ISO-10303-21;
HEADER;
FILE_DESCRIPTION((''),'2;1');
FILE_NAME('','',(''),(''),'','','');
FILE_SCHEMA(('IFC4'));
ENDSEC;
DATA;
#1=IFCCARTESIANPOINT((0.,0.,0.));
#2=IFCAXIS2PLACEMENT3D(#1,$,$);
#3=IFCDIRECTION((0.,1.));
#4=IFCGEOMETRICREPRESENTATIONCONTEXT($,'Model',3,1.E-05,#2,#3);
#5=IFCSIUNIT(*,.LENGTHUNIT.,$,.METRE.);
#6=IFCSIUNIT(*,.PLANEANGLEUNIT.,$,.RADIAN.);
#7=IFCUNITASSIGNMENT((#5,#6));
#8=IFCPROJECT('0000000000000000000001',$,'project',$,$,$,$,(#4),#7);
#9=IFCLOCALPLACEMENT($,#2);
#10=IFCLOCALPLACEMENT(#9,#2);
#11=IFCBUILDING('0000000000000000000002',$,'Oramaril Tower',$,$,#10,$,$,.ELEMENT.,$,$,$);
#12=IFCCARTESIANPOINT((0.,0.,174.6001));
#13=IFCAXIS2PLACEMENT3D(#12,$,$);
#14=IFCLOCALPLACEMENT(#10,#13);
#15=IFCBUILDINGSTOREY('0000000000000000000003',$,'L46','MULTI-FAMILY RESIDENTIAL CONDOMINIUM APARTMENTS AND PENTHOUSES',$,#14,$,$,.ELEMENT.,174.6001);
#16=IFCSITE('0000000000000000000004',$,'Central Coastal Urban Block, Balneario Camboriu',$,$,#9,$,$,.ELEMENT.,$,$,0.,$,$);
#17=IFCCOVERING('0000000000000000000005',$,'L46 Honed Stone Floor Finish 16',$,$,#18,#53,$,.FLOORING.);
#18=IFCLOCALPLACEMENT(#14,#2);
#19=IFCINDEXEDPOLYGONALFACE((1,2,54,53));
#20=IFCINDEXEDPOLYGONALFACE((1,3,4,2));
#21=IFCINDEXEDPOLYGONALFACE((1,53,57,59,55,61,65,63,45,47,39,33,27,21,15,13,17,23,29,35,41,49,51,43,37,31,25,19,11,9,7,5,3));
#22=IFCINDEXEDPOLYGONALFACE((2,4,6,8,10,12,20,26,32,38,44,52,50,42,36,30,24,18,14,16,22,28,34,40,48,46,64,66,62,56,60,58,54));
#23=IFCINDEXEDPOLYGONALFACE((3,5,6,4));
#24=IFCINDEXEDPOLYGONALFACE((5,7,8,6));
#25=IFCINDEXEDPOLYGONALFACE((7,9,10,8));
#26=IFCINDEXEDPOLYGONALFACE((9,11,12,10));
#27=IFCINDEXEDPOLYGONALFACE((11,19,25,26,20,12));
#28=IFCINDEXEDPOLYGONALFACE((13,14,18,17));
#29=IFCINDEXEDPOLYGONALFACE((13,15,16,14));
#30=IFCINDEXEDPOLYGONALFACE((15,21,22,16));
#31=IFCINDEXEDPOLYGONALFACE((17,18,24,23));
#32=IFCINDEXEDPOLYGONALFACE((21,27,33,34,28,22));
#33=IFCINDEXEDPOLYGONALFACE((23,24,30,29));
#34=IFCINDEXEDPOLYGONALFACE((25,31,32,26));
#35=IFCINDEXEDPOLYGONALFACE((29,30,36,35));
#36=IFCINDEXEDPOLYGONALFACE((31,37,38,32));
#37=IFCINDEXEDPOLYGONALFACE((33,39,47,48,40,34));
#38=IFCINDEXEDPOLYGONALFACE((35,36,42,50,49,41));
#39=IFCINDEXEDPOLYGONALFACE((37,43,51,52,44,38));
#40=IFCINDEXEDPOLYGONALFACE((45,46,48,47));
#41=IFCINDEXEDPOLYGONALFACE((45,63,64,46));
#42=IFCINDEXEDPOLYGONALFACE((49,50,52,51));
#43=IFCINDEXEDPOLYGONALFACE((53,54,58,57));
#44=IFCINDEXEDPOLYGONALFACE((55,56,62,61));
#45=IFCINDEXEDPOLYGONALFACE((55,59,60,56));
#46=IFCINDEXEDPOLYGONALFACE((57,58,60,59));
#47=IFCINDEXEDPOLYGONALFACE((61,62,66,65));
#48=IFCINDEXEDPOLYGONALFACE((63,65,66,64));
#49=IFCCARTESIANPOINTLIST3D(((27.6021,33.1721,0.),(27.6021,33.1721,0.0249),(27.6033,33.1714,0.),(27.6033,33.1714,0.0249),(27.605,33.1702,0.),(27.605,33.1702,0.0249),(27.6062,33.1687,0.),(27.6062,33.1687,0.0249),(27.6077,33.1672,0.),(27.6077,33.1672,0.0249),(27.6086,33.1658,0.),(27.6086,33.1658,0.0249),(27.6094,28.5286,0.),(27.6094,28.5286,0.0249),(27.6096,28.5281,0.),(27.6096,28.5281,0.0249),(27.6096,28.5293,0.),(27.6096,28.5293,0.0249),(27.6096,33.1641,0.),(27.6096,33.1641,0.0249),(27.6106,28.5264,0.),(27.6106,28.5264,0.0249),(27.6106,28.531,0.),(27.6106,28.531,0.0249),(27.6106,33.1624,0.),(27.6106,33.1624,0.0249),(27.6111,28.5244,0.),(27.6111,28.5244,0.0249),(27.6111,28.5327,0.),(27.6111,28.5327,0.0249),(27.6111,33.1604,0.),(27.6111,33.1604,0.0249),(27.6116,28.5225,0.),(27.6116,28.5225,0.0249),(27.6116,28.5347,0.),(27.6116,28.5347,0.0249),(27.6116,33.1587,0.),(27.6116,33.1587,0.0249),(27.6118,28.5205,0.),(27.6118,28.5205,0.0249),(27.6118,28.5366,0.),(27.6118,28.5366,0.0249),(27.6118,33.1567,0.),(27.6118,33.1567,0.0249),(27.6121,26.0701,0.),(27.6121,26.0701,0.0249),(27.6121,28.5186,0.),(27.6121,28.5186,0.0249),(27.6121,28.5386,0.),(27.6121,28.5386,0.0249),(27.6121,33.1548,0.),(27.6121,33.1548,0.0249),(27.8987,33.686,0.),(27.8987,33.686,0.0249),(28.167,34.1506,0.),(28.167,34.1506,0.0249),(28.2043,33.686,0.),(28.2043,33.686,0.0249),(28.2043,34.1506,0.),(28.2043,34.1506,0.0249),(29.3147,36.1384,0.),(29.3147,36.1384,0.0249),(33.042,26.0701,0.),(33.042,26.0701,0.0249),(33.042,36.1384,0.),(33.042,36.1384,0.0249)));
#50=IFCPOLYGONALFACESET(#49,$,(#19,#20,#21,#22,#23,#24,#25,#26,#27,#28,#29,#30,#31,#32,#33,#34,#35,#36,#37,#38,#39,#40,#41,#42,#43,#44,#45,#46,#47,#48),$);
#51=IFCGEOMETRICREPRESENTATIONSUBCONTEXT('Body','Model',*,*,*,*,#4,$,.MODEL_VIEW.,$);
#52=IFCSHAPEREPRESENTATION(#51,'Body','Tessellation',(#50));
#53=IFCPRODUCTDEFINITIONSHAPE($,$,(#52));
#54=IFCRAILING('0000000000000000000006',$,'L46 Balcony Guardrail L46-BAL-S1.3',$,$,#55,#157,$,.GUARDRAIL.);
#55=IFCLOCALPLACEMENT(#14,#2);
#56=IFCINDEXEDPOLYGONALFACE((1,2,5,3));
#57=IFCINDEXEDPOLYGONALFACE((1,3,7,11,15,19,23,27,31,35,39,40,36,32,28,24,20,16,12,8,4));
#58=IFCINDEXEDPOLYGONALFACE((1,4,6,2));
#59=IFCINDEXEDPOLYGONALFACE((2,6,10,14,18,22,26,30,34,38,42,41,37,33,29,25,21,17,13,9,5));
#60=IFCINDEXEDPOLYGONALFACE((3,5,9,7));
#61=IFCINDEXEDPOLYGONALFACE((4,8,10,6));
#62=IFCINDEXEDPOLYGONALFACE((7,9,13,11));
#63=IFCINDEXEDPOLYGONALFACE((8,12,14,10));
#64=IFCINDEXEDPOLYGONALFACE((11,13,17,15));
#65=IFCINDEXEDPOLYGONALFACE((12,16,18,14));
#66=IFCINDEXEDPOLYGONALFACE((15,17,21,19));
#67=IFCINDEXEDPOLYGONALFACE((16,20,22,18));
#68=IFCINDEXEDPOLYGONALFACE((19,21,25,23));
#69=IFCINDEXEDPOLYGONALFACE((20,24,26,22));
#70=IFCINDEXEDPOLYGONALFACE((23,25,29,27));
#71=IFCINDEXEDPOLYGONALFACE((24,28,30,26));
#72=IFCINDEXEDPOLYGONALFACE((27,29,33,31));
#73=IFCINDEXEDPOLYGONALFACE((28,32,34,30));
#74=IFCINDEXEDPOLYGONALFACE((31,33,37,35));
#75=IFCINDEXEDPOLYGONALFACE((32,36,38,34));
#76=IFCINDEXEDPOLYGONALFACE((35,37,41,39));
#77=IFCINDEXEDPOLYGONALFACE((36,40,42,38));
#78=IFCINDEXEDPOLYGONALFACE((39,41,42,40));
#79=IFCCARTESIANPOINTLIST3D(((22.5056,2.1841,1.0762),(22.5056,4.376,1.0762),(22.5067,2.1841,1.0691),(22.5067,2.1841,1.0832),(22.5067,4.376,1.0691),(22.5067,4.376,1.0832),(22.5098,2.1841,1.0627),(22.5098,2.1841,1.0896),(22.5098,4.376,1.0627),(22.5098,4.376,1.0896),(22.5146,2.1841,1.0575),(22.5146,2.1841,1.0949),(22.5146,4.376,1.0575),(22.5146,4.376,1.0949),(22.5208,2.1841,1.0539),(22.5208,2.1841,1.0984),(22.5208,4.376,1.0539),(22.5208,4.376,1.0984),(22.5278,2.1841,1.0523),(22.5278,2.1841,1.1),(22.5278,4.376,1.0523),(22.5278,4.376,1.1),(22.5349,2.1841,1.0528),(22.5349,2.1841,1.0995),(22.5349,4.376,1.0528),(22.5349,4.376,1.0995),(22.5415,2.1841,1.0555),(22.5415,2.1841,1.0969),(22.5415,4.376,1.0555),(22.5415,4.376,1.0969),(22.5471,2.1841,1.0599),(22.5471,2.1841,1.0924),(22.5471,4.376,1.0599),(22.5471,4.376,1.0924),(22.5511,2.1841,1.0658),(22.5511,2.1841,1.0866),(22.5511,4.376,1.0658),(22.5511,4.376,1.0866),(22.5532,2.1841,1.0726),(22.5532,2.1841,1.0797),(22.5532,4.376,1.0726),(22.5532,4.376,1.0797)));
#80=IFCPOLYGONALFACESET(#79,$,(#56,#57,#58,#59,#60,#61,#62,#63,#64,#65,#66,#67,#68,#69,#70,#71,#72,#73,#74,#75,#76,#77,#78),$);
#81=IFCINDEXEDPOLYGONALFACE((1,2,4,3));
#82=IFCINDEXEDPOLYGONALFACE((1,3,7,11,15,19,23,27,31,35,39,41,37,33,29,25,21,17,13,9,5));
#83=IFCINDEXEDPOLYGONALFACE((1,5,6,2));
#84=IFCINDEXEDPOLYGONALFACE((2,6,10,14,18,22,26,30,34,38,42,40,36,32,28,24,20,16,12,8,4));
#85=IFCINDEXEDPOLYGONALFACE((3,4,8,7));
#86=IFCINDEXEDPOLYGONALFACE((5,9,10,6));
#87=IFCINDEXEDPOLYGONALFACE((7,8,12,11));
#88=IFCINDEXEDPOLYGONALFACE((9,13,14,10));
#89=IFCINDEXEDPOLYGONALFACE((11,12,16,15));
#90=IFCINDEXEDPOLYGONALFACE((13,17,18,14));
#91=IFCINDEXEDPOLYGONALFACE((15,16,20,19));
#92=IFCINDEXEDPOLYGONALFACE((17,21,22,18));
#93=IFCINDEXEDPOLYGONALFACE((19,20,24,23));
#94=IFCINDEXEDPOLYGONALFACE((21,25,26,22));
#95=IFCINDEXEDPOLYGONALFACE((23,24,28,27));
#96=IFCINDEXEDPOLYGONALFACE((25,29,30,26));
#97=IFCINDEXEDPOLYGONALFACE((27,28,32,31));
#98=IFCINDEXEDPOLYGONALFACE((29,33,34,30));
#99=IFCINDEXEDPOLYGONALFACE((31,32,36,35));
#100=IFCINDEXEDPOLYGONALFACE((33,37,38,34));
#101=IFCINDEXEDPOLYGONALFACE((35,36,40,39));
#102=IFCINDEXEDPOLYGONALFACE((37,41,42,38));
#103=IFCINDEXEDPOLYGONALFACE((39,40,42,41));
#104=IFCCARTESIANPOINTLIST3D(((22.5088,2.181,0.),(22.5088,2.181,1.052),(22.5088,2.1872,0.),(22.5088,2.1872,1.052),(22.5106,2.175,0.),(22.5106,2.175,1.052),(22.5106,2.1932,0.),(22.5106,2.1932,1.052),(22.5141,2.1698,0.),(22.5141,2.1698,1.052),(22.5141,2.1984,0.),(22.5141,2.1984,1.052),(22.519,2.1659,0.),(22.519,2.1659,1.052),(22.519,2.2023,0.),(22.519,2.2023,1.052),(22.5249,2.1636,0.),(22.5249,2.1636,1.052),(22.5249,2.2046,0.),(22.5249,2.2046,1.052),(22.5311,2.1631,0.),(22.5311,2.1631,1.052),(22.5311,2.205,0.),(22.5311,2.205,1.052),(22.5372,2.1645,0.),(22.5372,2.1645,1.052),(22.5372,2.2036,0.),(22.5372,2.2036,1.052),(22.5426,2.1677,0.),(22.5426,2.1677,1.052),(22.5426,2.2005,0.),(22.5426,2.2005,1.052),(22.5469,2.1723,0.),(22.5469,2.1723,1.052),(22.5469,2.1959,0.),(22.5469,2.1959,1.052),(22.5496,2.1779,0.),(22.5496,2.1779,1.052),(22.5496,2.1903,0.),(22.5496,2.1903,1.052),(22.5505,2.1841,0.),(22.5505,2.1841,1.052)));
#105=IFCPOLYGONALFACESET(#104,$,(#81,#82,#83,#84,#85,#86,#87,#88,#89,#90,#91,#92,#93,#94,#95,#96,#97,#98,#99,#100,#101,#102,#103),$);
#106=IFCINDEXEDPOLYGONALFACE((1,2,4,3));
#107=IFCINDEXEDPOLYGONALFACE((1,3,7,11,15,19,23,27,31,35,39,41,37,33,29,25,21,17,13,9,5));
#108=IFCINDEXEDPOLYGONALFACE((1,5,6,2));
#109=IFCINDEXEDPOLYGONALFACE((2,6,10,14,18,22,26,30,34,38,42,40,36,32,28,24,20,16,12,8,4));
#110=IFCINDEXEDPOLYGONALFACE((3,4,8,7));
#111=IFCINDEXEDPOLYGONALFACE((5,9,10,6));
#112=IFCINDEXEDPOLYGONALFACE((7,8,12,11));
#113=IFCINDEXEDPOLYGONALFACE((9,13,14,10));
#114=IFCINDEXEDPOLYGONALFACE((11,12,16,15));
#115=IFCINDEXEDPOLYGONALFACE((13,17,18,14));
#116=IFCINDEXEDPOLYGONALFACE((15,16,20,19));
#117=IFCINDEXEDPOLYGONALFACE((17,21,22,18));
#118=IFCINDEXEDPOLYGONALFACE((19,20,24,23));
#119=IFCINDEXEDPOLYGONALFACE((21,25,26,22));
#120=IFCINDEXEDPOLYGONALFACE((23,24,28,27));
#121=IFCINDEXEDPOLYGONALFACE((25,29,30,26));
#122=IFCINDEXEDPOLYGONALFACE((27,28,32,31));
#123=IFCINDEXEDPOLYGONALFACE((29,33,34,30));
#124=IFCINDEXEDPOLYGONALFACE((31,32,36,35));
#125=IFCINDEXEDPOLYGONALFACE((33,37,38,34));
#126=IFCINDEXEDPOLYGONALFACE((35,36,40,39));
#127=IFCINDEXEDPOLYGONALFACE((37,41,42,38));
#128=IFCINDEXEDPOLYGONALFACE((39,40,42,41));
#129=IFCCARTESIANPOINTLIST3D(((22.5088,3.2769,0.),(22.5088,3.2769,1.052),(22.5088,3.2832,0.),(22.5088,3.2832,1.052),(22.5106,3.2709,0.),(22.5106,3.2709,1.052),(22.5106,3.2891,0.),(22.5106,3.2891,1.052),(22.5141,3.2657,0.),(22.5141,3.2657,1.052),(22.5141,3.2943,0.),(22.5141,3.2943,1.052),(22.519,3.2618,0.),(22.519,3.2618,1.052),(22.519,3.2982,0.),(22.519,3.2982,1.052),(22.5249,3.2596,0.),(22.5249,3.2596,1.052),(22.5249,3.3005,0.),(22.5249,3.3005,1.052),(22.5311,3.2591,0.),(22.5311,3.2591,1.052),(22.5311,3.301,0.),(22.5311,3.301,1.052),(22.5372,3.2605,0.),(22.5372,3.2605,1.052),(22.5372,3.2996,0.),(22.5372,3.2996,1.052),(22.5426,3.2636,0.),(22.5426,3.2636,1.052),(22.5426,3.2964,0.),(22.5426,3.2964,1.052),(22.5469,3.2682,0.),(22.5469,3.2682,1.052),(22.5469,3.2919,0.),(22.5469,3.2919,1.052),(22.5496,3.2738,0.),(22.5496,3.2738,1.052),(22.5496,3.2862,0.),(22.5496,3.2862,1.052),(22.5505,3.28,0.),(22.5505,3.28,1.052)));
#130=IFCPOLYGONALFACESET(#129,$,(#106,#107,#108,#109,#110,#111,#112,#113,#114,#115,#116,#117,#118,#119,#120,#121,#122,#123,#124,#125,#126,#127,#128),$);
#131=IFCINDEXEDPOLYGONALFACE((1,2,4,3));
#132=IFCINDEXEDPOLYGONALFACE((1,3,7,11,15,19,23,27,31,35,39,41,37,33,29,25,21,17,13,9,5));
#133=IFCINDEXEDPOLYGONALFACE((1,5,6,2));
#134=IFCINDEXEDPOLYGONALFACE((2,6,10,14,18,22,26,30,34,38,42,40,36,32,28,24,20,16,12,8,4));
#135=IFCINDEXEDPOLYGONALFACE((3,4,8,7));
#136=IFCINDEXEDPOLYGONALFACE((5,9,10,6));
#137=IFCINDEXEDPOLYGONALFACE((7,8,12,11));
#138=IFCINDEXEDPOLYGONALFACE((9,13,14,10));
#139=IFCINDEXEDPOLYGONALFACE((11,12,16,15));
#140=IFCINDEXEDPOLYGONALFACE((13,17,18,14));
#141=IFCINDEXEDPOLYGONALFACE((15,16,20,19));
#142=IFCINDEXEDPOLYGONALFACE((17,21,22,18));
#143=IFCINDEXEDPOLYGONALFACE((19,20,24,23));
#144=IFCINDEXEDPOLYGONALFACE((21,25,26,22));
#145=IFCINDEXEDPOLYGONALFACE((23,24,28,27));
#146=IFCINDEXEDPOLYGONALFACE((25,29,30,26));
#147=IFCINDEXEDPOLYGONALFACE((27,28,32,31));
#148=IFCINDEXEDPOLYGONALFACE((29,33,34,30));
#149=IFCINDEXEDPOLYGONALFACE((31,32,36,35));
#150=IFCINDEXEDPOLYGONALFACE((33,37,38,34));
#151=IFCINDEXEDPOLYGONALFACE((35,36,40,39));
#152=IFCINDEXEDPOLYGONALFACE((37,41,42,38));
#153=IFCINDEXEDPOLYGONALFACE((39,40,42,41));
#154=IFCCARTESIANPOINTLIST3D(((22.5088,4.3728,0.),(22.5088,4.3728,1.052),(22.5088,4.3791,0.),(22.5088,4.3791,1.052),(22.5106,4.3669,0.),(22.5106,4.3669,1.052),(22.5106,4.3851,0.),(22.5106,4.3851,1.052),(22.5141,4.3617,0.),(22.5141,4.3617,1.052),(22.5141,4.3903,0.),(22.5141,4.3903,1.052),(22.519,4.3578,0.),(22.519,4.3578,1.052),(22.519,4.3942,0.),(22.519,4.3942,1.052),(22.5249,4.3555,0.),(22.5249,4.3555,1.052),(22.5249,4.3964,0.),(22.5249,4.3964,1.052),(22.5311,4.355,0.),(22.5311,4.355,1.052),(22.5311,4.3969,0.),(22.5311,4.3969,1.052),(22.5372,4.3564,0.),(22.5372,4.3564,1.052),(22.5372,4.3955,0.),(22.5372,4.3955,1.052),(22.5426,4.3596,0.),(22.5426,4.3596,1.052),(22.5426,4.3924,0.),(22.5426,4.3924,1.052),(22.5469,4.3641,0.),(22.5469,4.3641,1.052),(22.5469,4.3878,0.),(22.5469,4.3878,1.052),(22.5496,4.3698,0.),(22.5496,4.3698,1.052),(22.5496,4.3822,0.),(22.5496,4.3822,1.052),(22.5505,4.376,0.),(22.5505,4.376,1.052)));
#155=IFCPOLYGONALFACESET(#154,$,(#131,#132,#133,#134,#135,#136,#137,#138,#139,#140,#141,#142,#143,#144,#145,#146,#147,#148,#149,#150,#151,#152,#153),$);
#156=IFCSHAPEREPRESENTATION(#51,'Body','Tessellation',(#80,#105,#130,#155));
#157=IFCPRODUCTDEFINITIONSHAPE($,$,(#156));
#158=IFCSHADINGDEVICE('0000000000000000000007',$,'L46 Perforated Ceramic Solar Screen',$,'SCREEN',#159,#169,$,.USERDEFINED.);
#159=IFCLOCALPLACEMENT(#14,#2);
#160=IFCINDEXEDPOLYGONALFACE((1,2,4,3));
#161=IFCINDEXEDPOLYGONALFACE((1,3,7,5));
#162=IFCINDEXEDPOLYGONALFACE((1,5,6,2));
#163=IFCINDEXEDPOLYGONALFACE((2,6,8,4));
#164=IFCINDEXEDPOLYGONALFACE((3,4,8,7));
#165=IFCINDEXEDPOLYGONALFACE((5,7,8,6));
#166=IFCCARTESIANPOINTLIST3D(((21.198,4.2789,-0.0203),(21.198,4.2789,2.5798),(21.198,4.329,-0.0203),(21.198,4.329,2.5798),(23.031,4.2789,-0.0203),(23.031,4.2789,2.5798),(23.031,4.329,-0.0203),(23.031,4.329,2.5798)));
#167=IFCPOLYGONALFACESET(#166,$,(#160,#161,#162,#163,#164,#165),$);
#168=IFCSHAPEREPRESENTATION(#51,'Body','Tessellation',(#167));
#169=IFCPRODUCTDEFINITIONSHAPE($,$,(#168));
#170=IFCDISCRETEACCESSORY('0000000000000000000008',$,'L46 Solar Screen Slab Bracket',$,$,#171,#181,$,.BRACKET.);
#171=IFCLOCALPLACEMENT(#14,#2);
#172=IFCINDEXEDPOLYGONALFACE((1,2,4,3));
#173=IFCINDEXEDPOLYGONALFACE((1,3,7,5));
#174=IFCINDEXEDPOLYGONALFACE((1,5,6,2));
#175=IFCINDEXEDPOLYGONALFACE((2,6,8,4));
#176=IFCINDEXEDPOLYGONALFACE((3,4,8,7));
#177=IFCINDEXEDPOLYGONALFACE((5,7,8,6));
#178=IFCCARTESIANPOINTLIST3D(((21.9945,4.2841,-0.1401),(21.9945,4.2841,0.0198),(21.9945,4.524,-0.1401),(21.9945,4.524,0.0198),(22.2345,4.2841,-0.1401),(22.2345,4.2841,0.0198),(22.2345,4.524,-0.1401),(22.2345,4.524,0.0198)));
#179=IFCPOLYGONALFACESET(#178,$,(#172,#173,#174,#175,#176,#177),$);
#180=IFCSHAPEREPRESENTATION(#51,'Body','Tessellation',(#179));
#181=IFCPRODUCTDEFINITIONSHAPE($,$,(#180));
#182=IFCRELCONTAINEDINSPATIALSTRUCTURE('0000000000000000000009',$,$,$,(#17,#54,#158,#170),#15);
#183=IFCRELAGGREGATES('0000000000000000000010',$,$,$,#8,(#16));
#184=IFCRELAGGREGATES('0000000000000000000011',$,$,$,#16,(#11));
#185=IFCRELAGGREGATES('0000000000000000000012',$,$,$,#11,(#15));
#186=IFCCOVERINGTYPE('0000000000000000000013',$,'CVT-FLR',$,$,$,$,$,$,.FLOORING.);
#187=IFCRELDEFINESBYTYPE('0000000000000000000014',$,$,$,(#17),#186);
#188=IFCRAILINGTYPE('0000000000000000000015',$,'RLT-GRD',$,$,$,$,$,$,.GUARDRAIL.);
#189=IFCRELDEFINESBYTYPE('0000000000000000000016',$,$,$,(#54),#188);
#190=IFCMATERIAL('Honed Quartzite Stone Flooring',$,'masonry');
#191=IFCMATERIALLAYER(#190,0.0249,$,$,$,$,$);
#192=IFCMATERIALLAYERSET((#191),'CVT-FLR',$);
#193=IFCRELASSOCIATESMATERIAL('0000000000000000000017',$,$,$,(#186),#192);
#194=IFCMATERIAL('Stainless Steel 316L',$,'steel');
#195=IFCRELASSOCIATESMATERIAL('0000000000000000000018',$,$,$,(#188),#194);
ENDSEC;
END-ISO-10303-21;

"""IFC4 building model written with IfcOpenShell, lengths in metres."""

from ifc_helpers import new_model, si_unit, direction, frame, origin, origin_2d, place, context, subcontext, project, spatial, polyline, rectangle, circle, outline, extrude, material, layer, layer_set, type_object, element, save


model = new_model("IFC4")

# Units and contexts
model_context = context("Model", 3, precision=1e-05, world=origin(), true_north=direction((0.0, 1.0)))
body_context = subcontext(model_context, "Body", "Model", "MODEL_VIEW")
ifc_project = project(units=[si_unit("LENGTHUNIT", "METRE"), si_unit("PLANEANGLEUNIT", "RADIAN")], contexts=[model_context])

# Site, building, storey
site_placement = place(None, origin())
site = spatial("IfcSite", under=ifc_project, at=site_placement, Name="Central Coastal Urban Block, Balneario Camboriu", CompositionType="ELEMENT", RefElevation=0.0)
building_placement = place(site_placement, origin())
building = spatial("IfcBuilding", under=site, at=building_placement, Name="Oramaril Tower", CompositionType="ELEMENT")
storey_placement = place(building_placement, frame((0.0, 0.0, 174.6001)))
storey = spatial("IfcBuildingStorey", under=building, at=storey_placement, Name="L46", Description="MULTI-FAMILY RESIDENTIAL CONDOMINIUM APARTMENTS AND PENTHOUSES", CompositionType="ELEMENT", Elevation=174.6001)

# Covering
ifc_material_1 = material(Name="Honed Quartzite Stone Flooring", Category="masonry")
ifc_layer_1 = layer(ifc_material_1, 0.0249)
ifc_layer_set_1 = layer_set([ifc_layer_1], Name="CVT-FLR")
covering_type_1 = type_object("IfcCoveringType", Name="CVT-FLR", PredefinedType="FLOORING", material=ifc_layer_set_1)
covering_1_placement = place(storey_placement, origin())
element("IfcCovering", 1, at=covering_1_placement, inside=storey, type_object=covering_type_1, Name="L46 Honed Stone Floor Finish 16", PredefinedType="FLOORING", context=body_context, shape_type="SweptSolid", body=[
    extrude(outline(polyline([(28.2043, 33.686), (28.2043, 34.1506), (28.167, 34.1506), (29.3147, 36.1384), (33.042, 36.1384), (33.042, 26.0701), (27.6121, 26.0701), (27.6121, 28.5186), (27.6118, 28.5205), (27.6116, 28.5225), (27.6111, 28.5244), (27.6106, 28.5264), (27.6096, 28.5281), (27.6094, 28.5286), (27.6096, 28.5293), (27.6106, 28.531), (27.6111, 28.5327), (27.6116, 28.5347), (27.6118, 28.5366), (27.6121, 28.5386), (27.6121, 33.1548), (27.6118, 33.1567), (27.6116, 33.1587), (27.6111, 33.1604), (27.6106, 33.1624), (27.6096, 33.1641), (27.6086, 33.1658), (27.6077, 33.1672), (27.6062, 33.1687), (27.605, 33.1702), (27.6033, 33.1714), (27.6021, 33.1721), (27.8987, 33.686), (28.2043, 33.686)])), origin(), (0.0, 0.0, 1.0), 0.0249),
])

# Railing
ifc_material_2 = material(Name="Stainless Steel 316L", Category="steel")
railing_type = type_object("IfcRailingType", Name="RLT-GRD", PredefinedType="GUARDRAIL", material=ifc_material_2)
railing_placement = place(storey_placement, frame((22.5295, 2.1841, 0.0)))
element("IfcRailing", 2, at=railing_placement, inside=storey, type_object=railing_type, Name="L46 Balcony Guardrail L46-BAL-S1.3", PredefinedType="GUARDRAIL", context=body_context, shape_type="SweptSolid", body=[
    extrude(circle(Radius=0.0239, at=origin_2d()), frame((0.0, 0.0, 1.0762), z_axis=(0.0, 1.0, 0.0), x_axis=(-1.0, 0.0, 0.0)), (0.0, 0.0, 1.0), 2.1919),
    extrude(circle(Radius=0.021, at=origin_2d()), origin(), (0.0, 0.0, 1.0), 1.052),
    extrude(circle(Radius=0.021, at=origin_2d()), frame((0.0, 1.0959, 0.0)), (0.0, 0.0, 1.0), 1.052),
    extrude(circle(Radius=0.021, at=origin_2d()), frame((0.0, 2.1919, 0.0)), (0.0, 0.0, 1.0), 1.052),
])

# Shading device
shading_device_placement = place(storey_placement, frame((22.1145, 4.304, -0.0203), z_axis=(0.0, 0.0, 1.0), x_axis=(1.0, 0.0, 0.0)))
element("IfcShadingDevice", 3, at=shading_device_placement, inside=storey, Name="L46 Perforated Ceramic Solar Screen", ObjectType="SCREEN", PredefinedType="USERDEFINED", context=body_context, shape_type="SweptSolid", body=[
    extrude(rectangle(XDim=1.833, YDim=0.05, at=origin_2d()), origin(), (0.0, 0.0, 1.0), 2.6001),
])

# Discrete accessory
discrete_accessory_placement = place(storey_placement, frame((22.1145, 4.4041, -0.1401), z_axis=(0.0, 0.0, 1.0), x_axis=(1.0, 0.0, 0.0)))
element("IfcDiscreteAccessory", 4, at=discrete_accessory_placement, inside=storey, Name="L46 Solar Screen Slab Bracket", PredefinedType="BRACKET", context=body_context, shape_type="SweptSolid", body=[
    extrude(rectangle(XDim=0.24, YDim=0.24, at=origin_2d()), origin(), (0.0, 0.0, 1.0), 0.1599),
])

save(model, "model.ifc")
